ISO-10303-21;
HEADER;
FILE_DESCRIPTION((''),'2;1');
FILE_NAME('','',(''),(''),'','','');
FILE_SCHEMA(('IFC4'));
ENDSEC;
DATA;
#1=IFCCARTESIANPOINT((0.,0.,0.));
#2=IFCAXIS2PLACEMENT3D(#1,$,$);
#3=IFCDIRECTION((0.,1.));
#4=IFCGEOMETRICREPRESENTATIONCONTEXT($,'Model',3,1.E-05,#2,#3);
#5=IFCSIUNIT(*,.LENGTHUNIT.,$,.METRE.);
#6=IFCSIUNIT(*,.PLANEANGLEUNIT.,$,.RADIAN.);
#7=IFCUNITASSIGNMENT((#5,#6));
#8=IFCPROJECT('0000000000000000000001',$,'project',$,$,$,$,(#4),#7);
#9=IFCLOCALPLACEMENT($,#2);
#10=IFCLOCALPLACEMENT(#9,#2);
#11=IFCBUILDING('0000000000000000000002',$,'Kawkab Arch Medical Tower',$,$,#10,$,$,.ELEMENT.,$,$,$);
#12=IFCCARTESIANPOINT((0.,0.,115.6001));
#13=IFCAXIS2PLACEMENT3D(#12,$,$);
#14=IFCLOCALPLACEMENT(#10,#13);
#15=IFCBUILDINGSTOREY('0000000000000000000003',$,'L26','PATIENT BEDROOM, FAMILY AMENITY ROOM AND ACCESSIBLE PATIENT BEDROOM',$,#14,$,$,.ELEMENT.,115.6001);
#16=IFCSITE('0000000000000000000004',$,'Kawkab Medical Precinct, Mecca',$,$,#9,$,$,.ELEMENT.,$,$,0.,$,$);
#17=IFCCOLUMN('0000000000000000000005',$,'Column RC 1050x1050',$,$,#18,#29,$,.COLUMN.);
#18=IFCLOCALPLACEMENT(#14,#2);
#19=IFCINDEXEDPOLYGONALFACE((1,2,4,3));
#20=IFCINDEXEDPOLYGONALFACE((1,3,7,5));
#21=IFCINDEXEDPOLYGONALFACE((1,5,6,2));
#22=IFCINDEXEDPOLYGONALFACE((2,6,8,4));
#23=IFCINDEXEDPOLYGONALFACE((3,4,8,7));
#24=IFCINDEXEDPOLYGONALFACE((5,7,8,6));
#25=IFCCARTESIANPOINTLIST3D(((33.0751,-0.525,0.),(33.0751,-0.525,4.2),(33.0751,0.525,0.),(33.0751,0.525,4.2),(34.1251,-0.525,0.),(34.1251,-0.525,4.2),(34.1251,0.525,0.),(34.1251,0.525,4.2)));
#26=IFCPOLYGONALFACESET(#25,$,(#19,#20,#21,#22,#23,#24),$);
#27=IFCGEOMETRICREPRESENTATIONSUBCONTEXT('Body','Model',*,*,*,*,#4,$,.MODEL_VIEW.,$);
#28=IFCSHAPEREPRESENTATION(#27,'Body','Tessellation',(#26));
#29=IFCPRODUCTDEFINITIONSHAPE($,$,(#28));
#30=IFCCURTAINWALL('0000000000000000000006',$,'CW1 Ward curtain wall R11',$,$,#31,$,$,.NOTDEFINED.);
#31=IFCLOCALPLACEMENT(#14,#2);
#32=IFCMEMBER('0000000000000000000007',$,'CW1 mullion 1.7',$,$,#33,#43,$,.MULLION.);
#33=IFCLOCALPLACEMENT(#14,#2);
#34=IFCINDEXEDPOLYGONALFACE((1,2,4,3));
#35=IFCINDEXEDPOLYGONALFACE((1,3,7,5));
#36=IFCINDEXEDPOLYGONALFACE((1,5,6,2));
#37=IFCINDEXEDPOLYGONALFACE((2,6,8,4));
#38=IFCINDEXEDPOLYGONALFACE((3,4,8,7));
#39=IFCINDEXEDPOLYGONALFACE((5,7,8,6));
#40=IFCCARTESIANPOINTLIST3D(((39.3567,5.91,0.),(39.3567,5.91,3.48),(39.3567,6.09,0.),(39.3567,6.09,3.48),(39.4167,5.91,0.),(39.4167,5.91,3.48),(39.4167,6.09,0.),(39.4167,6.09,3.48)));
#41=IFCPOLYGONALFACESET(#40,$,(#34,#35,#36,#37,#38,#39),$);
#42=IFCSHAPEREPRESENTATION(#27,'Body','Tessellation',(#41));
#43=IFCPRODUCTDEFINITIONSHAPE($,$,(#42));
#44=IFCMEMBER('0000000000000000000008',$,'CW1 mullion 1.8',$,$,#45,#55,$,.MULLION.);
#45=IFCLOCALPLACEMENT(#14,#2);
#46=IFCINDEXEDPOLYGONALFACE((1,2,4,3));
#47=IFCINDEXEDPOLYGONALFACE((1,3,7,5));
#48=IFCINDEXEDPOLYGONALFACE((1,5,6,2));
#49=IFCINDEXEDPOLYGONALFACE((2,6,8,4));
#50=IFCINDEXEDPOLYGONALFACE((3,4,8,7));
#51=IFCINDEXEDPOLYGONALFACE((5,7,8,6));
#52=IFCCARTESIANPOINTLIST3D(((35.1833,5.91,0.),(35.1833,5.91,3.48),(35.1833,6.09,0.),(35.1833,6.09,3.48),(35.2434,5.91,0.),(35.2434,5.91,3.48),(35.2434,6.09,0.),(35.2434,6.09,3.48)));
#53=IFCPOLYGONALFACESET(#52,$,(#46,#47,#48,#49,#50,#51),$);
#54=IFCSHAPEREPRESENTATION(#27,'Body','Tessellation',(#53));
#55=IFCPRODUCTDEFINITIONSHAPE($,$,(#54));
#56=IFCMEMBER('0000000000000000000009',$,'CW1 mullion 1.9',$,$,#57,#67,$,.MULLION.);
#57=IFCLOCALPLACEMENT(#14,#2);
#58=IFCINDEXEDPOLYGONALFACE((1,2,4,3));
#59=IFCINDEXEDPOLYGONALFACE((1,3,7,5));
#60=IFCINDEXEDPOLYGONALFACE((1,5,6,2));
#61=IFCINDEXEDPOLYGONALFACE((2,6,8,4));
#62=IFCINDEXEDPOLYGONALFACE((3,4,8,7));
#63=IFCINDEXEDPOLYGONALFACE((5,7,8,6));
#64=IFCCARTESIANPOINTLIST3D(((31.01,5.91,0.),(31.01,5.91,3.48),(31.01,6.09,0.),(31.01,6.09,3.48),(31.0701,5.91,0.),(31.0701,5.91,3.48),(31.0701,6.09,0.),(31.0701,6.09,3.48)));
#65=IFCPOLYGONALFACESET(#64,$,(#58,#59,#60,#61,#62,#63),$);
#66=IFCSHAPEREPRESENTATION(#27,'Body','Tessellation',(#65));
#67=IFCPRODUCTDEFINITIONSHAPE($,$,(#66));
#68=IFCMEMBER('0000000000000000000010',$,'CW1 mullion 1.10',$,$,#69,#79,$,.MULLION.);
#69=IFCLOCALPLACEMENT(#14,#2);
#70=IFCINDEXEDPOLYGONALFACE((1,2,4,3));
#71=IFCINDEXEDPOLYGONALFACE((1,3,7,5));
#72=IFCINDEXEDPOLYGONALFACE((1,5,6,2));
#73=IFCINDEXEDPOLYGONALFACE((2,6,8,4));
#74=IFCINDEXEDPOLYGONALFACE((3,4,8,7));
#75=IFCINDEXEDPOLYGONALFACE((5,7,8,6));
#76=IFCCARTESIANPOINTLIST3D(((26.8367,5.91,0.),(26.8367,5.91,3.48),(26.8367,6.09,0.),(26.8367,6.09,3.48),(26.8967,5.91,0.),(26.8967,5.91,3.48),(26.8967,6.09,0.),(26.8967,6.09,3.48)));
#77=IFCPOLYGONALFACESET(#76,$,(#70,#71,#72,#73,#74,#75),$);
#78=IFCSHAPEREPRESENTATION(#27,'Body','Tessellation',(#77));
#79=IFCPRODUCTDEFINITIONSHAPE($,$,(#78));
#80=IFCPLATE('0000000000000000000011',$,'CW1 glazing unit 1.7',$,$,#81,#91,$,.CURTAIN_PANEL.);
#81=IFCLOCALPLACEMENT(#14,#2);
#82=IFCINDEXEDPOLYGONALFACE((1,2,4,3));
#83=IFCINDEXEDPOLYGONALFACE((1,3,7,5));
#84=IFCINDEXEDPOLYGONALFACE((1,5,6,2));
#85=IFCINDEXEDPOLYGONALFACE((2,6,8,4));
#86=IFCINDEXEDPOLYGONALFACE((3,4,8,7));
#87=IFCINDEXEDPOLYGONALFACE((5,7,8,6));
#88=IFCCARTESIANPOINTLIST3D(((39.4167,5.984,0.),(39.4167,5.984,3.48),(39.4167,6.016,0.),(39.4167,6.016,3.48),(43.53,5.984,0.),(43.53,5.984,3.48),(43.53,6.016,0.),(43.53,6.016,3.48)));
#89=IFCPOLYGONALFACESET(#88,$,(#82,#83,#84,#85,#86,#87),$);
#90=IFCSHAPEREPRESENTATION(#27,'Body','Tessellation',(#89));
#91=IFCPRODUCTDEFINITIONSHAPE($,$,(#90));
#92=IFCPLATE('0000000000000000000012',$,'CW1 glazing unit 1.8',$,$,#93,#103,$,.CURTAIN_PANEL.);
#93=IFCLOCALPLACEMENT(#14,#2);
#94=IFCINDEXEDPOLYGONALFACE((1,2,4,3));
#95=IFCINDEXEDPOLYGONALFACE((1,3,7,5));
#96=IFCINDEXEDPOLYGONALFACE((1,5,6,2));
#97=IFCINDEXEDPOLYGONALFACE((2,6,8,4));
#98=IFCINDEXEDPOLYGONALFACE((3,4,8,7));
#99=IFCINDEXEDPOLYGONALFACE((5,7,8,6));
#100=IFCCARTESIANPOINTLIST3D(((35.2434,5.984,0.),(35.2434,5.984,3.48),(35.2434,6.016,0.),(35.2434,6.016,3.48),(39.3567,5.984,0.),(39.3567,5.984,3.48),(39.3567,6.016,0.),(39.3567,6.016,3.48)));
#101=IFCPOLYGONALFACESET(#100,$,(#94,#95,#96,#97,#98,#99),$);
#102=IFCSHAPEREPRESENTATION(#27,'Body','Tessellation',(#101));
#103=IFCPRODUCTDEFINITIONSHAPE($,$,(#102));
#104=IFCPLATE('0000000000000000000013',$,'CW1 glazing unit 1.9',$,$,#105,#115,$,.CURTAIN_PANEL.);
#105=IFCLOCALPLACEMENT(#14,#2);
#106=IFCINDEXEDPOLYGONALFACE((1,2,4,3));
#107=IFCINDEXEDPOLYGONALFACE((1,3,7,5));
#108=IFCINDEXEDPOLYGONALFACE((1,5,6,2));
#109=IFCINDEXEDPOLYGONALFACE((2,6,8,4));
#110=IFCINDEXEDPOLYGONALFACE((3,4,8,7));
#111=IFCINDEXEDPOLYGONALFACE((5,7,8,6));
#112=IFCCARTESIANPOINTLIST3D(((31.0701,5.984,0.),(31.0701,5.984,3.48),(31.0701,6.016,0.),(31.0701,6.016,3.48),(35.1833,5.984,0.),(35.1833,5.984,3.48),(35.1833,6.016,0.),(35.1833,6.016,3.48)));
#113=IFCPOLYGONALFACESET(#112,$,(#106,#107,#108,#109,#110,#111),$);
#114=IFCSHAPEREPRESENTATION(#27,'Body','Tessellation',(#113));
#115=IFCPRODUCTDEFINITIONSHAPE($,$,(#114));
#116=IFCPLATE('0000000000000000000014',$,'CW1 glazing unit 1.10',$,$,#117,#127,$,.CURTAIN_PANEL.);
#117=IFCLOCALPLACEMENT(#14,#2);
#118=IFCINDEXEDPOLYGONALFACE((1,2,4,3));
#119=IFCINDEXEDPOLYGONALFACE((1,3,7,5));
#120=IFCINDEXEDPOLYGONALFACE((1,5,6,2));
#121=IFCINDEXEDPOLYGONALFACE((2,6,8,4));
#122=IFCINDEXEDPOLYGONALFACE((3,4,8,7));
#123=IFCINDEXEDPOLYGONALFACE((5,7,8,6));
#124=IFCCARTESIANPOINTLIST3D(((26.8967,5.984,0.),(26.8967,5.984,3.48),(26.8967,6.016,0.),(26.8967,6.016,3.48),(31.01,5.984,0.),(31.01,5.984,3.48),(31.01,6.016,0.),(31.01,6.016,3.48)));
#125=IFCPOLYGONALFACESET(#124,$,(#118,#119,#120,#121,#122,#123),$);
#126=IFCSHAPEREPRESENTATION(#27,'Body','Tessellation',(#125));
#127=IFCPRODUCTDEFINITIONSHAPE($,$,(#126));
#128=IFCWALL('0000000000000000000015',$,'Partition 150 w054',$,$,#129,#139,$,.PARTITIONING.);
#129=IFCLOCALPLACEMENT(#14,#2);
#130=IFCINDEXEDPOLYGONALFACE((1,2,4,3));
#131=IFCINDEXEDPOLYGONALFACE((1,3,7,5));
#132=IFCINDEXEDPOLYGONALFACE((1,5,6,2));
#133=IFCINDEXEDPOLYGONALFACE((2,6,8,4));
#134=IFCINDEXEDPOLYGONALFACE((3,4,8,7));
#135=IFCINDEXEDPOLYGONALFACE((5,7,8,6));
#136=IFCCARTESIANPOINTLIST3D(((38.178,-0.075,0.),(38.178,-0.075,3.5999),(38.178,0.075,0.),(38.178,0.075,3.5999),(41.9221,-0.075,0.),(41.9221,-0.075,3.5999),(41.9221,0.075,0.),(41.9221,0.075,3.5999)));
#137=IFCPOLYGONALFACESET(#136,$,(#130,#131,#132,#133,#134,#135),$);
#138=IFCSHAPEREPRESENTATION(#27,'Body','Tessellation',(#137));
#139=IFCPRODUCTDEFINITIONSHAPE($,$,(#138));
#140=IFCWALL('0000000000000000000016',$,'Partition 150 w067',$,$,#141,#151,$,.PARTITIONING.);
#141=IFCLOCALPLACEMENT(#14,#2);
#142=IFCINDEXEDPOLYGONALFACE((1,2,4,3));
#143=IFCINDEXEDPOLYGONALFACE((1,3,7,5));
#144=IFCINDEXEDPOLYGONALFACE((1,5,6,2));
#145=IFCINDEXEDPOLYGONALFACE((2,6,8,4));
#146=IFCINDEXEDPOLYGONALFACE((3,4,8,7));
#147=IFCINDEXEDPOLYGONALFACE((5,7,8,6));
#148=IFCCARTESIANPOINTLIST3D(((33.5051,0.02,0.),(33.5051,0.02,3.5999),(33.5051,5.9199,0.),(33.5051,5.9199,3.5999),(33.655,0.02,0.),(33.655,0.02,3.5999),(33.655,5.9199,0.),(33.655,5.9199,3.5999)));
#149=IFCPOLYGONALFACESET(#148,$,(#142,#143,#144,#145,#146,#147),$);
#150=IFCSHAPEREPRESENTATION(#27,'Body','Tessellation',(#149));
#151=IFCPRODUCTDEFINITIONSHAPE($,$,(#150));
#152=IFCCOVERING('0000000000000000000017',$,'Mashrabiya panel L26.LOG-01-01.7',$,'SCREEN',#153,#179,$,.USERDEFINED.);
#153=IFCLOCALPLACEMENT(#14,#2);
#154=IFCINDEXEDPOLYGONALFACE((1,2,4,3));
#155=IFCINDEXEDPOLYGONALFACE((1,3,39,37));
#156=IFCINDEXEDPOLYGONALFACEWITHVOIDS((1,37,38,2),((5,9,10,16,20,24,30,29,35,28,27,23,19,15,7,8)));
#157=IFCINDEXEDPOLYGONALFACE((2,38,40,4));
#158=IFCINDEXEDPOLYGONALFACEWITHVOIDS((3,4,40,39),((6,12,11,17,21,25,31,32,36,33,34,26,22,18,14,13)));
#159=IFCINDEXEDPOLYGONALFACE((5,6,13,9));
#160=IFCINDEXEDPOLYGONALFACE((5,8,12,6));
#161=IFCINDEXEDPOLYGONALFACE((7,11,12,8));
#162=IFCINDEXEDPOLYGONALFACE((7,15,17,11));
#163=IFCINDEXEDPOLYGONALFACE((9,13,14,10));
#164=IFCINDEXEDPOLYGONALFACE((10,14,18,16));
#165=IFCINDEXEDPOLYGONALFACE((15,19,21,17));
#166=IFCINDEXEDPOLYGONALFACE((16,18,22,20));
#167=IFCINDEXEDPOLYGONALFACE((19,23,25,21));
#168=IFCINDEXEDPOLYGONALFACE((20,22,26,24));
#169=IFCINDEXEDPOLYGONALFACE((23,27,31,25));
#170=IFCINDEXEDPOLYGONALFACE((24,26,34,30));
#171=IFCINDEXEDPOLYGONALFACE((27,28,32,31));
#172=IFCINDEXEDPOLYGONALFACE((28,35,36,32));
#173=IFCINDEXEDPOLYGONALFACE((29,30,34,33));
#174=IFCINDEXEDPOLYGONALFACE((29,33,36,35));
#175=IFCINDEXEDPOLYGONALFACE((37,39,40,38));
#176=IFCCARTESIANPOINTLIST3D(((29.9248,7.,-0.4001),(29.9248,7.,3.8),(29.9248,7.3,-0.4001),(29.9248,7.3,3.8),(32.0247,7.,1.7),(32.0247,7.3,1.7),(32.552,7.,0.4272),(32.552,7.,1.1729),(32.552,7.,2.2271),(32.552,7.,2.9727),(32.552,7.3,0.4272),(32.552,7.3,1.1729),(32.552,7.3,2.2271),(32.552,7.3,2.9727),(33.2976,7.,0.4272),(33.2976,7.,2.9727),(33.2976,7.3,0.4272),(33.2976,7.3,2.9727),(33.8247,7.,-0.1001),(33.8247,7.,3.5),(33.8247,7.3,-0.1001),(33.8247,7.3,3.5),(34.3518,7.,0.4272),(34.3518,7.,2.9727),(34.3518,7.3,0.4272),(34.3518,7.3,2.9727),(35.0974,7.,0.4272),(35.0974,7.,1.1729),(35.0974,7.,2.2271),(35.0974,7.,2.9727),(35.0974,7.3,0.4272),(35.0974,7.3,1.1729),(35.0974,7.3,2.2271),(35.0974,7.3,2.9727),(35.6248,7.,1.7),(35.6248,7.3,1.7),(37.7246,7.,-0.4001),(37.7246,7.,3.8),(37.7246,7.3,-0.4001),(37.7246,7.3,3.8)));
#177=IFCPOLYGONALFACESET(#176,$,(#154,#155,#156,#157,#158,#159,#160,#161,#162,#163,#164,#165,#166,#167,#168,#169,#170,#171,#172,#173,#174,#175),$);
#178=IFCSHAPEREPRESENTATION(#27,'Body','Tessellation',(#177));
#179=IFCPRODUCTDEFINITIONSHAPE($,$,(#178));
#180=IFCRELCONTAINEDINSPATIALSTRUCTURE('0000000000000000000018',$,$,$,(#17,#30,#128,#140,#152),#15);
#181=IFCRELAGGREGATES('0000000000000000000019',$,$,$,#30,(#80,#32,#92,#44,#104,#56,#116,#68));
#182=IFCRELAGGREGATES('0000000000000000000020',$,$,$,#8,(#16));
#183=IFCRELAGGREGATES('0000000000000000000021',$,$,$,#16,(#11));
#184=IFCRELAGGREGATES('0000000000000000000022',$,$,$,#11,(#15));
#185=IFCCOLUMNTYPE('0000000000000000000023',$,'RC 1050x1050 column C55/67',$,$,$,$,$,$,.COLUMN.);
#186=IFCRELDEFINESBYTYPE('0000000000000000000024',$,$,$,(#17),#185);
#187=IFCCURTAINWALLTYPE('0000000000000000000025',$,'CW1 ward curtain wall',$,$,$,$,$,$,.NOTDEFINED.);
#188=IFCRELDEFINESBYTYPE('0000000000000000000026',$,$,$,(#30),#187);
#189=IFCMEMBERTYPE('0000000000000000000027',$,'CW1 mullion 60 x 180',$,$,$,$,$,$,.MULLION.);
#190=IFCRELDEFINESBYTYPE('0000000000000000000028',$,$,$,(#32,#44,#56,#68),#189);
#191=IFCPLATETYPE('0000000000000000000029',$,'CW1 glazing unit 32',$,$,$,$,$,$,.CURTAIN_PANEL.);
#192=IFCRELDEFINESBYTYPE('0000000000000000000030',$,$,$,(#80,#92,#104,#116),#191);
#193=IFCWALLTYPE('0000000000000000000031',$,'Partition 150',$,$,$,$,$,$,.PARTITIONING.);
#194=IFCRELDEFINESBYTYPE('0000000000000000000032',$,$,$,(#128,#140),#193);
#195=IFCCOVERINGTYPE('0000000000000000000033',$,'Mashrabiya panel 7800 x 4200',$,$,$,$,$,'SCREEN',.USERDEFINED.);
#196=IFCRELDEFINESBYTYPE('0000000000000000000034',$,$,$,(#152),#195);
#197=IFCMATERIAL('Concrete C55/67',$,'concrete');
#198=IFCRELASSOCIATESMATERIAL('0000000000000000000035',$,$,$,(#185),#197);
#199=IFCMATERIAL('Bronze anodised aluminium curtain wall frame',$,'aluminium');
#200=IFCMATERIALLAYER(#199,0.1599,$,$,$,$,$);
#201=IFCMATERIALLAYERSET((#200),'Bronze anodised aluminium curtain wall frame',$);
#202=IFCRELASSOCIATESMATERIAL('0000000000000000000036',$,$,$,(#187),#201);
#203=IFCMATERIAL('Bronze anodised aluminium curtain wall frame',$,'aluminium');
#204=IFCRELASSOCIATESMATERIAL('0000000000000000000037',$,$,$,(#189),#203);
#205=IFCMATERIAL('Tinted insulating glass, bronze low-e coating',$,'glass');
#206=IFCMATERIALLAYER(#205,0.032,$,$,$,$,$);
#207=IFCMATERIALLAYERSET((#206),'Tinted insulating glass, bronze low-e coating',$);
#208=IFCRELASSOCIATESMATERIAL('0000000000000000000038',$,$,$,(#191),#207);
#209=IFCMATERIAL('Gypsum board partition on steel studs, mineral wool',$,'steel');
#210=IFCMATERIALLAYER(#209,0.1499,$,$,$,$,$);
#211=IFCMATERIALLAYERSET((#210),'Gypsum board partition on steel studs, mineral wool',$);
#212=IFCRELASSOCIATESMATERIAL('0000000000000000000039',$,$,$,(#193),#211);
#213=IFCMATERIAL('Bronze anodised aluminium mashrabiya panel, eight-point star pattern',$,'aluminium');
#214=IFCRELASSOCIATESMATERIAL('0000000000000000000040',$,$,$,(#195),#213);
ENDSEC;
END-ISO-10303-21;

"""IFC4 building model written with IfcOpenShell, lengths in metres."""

from ifc_helpers import new_model, si_unit, direction, frame, frame_2d, origin, origin_2d, place, context, subcontext, project, spatial, polyline, rectangle, outline, extrude, material, layer, layer_set, material_profile, profile_set, type_object, element, aggregate, save


model = new_model("IFC4")

# Units and contexts
model_context = context("Model", 3, precision=1e-05, world=origin(), true_north=direction((0.0, 1.0)))
body_context = subcontext(model_context, "Body", "Model", "MODEL_VIEW")
ifc_project = project(units=[si_unit("LENGTHUNIT", "METRE"), si_unit("PLANEANGLEUNIT", "RADIAN")], contexts=[model_context])

# Site, building, storey
site_placement = place(None, origin())
site = spatial("IfcSite", under=ifc_project, at=site_placement, Name="Kawkab Medical Precinct, Mecca", CompositionType="ELEMENT", RefElevation=0.0)
building_placement = place(site_placement, origin())
building = spatial("IfcBuilding", under=site, at=building_placement, Name="Kawkab Arch Medical Tower", CompositionType="ELEMENT")
storey_placement = place(building_placement, frame((0.0, 0.0, 115.6001)))
storey = spatial("IfcBuildingStorey", under=building, at=storey_placement, Name="L26", Description="PATIENT BEDROOM, FAMILY AMENITY ROOM AND ACCESSIBLE PATIENT BEDROOM", CompositionType="ELEMENT", Elevation=115.6001)

# Column
ifc_material_1 = material(Name="Concrete C55/67", Category="concrete")
ifc_material_profile_1 = material_profile(ifc_material_1, rectangle(XDim=1.05, YDim=1.05, at=origin_2d()), Name="RC 1050x1050")
ifc_profile_set_1 = profile_set([ifc_material_profile_1], Name="Concrete C55/67")
column_type = type_object("IfcColumnType", Name="RC 1050x1050 column C55/67", PredefinedType="COLUMN", material=ifc_profile_set_1)
column_placement = place(storey_placement, frame((33.6001, 0.0, 0.0), z_axis=(0.0, 0.0, 1.0), x_axis=(1.0, 0.0, 0.0)))
element("IfcColumn", 1, at=column_placement, inside=storey, type_object=column_type, Name="Column RC 1050x1050", PredefinedType="COLUMN", context=body_context, shape_type="SweptSolid", body=[
    extrude(rectangle(XDim=1.05, YDim=1.05, at=origin_2d()), origin(), (0.0, 0.0, 1.0), 4.2),
])

# Curtain wall, members, plates
ifc_material_2 = material(Name="Bronze anodised aluminium curtain wall frame", Category="aluminium")
ifc_layer_1 = layer(ifc_material_2, 0.1599)
ifc_layer_set_1 = layer_set([ifc_layer_1], Name="Bronze anodised aluminium curtain wall frame")
curtain_wall_type = type_object("IfcCurtainWallType", Name="CW1 ward curtain wall", PredefinedType="NOTDEFINED", material=ifc_layer_set_1)
curtain_wall_placement = place(storey_placement, origin())
curtain_wall = element("IfcCurtainWall", 2, at=curtain_wall_placement, inside=storey, type_object=curtain_wall_type, Name="CW1 Ward curtain wall R11", PredefinedType="NOTDEFINED")
ifc_material_3 = material(Name="Bronze anodised aluminium curtain wall frame", Category="aluminium")
ifc_material_profile_2 = material_profile(ifc_material_3, rectangle(XDim=0.1799, YDim=0.0601, at=origin_2d()), Name="AL 60x180")
ifc_profile_set_2 = profile_set([ifc_material_profile_2], Name="Bronze anodised aluminium curtain wall frame")
member_type = type_object("IfcMemberType", Name="CW1 mullion 60 x 180", PredefinedType="MULLION", material=ifc_profile_set_2)
member_1_placement = place(storey_placement, frame((39.3867, 6.0, 0.0), z_axis=(0.0, 0.0, 1.0), x_axis=(0.0, -1.0, 0.0)))
member_1 = element("IfcMember", 3, at=member_1_placement, type_object=member_type, Name="CW1 mullion 1.7", PredefinedType="MULLION", context=body_context, shape_type="SweptSolid", body=[
    extrude(rectangle(XDim=0.1799, YDim=0.0601, at=origin_2d()), origin(), (0.0, 0.0, 1.0), 3.48),
])
member_2_placement = place(storey_placement, frame((35.2134, 6.0, 0.0), z_axis=(0.0, 0.0, 1.0), x_axis=(0.0, -1.0, 0.0)))
member_2 = element("IfcMember", 4, at=member_2_placement, type_object=member_type, Name="CW1 mullion 1.8", PredefinedType="MULLION", context=body_context, shape_type="SweptSolid", body=[
    extrude(rectangle(XDim=0.1799, YDim=0.0601, at=origin_2d()), origin(), (0.0, 0.0, 1.0), 3.48),
])
member_3_placement = place(storey_placement, frame((31.04, 6.0, 0.0), z_axis=(0.0, 0.0, 1.0), x_axis=(0.0, -1.0, 0.0)))
member_3 = element("IfcMember", 5, at=member_3_placement, type_object=member_type, Name="CW1 mullion 1.9", PredefinedType="MULLION", context=body_context, shape_type="SweptSolid", body=[
    extrude(rectangle(XDim=0.1799, YDim=0.0601, at=origin_2d()), origin(), (0.0, 0.0, 1.0), 3.48),
])
member_4_placement = place(storey_placement, frame((26.8667, 6.0, 0.0), z_axis=(0.0, 0.0, 1.0), x_axis=(0.0, -1.0, 0.0)))
member_4 = element("IfcMember", 6, at=member_4_placement, type_object=member_type, Name="CW1 mullion 1.10", PredefinedType="MULLION", context=body_context, shape_type="SweptSolid", body=[
    extrude(rectangle(XDim=0.1799, YDim=0.0601, at=origin_2d()), origin(), (0.0, 0.0, 1.0), 3.48),
])
ifc_material_4 = material(Name="Tinted insulating glass, bronze low-e coating", Category="glass")
ifc_layer_2 = layer(ifc_material_4, 0.032)
ifc_layer_set_2 = layer_set([ifc_layer_2], Name="Tinted insulating glass, bronze low-e coating")
plate_type = type_object("IfcPlateType", Name="CW1 glazing unit 32", PredefinedType="CURTAIN_PANEL", material=ifc_layer_set_2)
plate_1_placement = place(storey_placement, frame((41.4734, 6.0, 0.0), z_axis=(0.0, 0.0, 1.0), x_axis=(-1.0, 0.0, 0.0)))
plate_1 = element("IfcPlate", 7, at=plate_1_placement, type_object=plate_type, Name="CW1 glazing unit 1.7", PredefinedType="CURTAIN_PANEL", context=body_context, shape_type="SweptSolid", body=[
    extrude(rectangle(XDim=4.1133, YDim=0.032, at=origin_2d()), origin(), (0.0, 0.0, 1.0), 3.48),
])
plate_2_placement = place(storey_placement, frame((37.3, 6.0, 0.0), z_axis=(0.0, 0.0, 1.0), x_axis=(-1.0, 0.0, 0.0)))
plate_2 = element("IfcPlate", 8, at=plate_2_placement, type_object=plate_type, Name="CW1 glazing unit 1.8", PredefinedType="CURTAIN_PANEL", context=body_context, shape_type="SweptSolid", body=[
    extrude(rectangle(XDim=4.1133, YDim=0.032, at=origin_2d()), origin(), (0.0, 0.0, 1.0), 3.48),
])
plate_3_placement = place(storey_placement, frame((33.1267, 6.0, 0.0), z_axis=(0.0, 0.0, 1.0), x_axis=(-1.0, 0.0, 0.0)))
plate_3 = element("IfcPlate", 9, at=plate_3_placement, type_object=plate_type, Name="CW1 glazing unit 1.9", PredefinedType="CURTAIN_PANEL", context=body_context, shape_type="SweptSolid", body=[
    extrude(rectangle(XDim=4.1133, YDim=0.032, at=origin_2d()), origin(), (0.0, 0.0, 1.0), 3.48),
])
plate_4_placement = place(storey_placement, frame((28.9534, 6.0, 0.0), z_axis=(0.0, 0.0, 1.0), x_axis=(-1.0, 0.0, 0.0)))
plate_4 = element("IfcPlate", 10, at=plate_4_placement, type_object=plate_type, Name="CW1 glazing unit 1.10", PredefinedType="CURTAIN_PANEL", context=body_context, shape_type="SweptSolid", body=[
    extrude(rectangle(XDim=4.1133, YDim=0.032, at=origin_2d()), origin(), (0.0, 0.0, 1.0), 3.48),
])
aggregate(curtain_wall, [plate_1, member_1, plate_2, member_2, plate_3, member_3, plate_4, member_4])

# Walls
ifc_material_5 = material(Name="Gypsum board partition on steel studs, mineral wool", Category="steel")
ifc_layer_3 = layer(ifc_material_5, 0.1499)
ifc_layer_set_3 = layer_set([ifc_layer_3], Name="Gypsum board partition on steel studs, mineral wool")
wall_type = type_object("IfcWallType", Name="Partition 150", PredefinedType="PARTITIONING", material=ifc_layer_set_3)
wall_1_placement = place(storey_placement, frame((38.178, 0.0, 0.0), z_axis=(0.0, 0.0, 1.0), x_axis=(1.0, 0.0, 0.0)))
element("IfcWall", 11, at=wall_1_placement, inside=storey, type_object=wall_type, Name="Partition 150 w054", PredefinedType="PARTITIONING", context=body_context, shape_type="SweptSolid", body=[
    extrude(rectangle(XDim=3.7441, YDim=0.1499, at=frame_2d((1.8721, 0.0))), origin(), (0.0, 0.0, 1.0), 3.5999),
])
wall_2_placement = place(storey_placement, frame((33.5801, 0.02, 0.0), z_axis=(0.0, 0.0, 1.0), x_axis=(0.0, 1.0, 0.0)))
element("IfcWall", 12, at=wall_2_placement, inside=storey, type_object=wall_type, Name="Partition 150 w067", PredefinedType="PARTITIONING", context=body_context, shape_type="SweptSolid", body=[
    extrude(rectangle(XDim=5.8999, YDim=0.1499, at=frame_2d((2.95, 0.0))), origin(), (0.0, 0.0, 1.0), 3.5999),
])

# Covering
ifc_material_6 = material(Name="Bronze anodised aluminium mashrabiya panel, eight-point star pattern", Category="aluminium")
ifc_material_profile_3 = material_profile(ifc_material_6, outline(polyline([(-3.8999, -2.1001), (3.8999, -2.1001), (3.8999, 2.1001), (-3.8999, 2.1001), (-3.8999, -2.1001)]), holes=[polyline([(1.8, 0.0), (1.2727, 0.5271), (1.2727, 1.2727), (0.5271, 1.2727), (0.0, 1.8), (-0.5271, 1.2727), (-1.2727, 1.2727), (-1.2727, 0.5271), (-1.8, 0.0), (-1.2727, -0.5271), (-1.2727, -1.2727), (-0.5271, -1.2727), (0.0, -1.8), (0.5271, -1.2727), (1.2727, -1.2727), (1.2727, -0.5271), (1.8, 0.0)])]), Name="Mashrabiya panel 7800x4200")
ifc_profile_set_3 = profile_set([ifc_material_profile_3], Name="Bronze anodised aluminium mashrabiya panel, eight-point star pattern")
covering_type_1 = type_object("IfcCoveringType", Name="Mashrabiya panel 7800 x 4200", ElementType="SCREEN", PredefinedType="USERDEFINED", material=ifc_profile_set_3)
covering_placement = place(storey_placement, frame((33.8247, 7.0, 1.7), z_axis=(0.0, 1.0, 0.0), x_axis=(-1.0, 0.0, 0.0)))
element("IfcCovering", 13, at=covering_placement, inside=storey, type_object=covering_type_1, Name="Mashrabiya panel L26.LOG-01-01.7", ObjectType="SCREEN", PredefinedType="USERDEFINED", context=body_context, shape_type="SweptSolid", body=[
    extrude(outline(polyline([(-3.8999, -2.1001), (3.8999, -2.1001), (3.8999, 2.1001), (-3.8999, 2.1001), (-3.8999, -2.1001)]), holes=[polyline([(1.8, 0.0), (1.2727, 0.5271), (1.2727, 1.2727), (0.5271, 1.2727), (0.0, 1.8), (-0.5271, 1.2727), (-1.2727, 1.2727), (-1.2727, 0.5271), (-1.8, 0.0), (-1.2727, -0.5271), (-1.2727, -1.2727), (-0.5271, -1.2727), (0.0, -1.8), (0.5271, -1.2727), (1.2727, -1.2727), (1.2727, -0.5271), (1.8, 0.0)])]), origin(), (0.0, 0.0, 1.0), 0.3),
])

save(model, "model.ifc")
